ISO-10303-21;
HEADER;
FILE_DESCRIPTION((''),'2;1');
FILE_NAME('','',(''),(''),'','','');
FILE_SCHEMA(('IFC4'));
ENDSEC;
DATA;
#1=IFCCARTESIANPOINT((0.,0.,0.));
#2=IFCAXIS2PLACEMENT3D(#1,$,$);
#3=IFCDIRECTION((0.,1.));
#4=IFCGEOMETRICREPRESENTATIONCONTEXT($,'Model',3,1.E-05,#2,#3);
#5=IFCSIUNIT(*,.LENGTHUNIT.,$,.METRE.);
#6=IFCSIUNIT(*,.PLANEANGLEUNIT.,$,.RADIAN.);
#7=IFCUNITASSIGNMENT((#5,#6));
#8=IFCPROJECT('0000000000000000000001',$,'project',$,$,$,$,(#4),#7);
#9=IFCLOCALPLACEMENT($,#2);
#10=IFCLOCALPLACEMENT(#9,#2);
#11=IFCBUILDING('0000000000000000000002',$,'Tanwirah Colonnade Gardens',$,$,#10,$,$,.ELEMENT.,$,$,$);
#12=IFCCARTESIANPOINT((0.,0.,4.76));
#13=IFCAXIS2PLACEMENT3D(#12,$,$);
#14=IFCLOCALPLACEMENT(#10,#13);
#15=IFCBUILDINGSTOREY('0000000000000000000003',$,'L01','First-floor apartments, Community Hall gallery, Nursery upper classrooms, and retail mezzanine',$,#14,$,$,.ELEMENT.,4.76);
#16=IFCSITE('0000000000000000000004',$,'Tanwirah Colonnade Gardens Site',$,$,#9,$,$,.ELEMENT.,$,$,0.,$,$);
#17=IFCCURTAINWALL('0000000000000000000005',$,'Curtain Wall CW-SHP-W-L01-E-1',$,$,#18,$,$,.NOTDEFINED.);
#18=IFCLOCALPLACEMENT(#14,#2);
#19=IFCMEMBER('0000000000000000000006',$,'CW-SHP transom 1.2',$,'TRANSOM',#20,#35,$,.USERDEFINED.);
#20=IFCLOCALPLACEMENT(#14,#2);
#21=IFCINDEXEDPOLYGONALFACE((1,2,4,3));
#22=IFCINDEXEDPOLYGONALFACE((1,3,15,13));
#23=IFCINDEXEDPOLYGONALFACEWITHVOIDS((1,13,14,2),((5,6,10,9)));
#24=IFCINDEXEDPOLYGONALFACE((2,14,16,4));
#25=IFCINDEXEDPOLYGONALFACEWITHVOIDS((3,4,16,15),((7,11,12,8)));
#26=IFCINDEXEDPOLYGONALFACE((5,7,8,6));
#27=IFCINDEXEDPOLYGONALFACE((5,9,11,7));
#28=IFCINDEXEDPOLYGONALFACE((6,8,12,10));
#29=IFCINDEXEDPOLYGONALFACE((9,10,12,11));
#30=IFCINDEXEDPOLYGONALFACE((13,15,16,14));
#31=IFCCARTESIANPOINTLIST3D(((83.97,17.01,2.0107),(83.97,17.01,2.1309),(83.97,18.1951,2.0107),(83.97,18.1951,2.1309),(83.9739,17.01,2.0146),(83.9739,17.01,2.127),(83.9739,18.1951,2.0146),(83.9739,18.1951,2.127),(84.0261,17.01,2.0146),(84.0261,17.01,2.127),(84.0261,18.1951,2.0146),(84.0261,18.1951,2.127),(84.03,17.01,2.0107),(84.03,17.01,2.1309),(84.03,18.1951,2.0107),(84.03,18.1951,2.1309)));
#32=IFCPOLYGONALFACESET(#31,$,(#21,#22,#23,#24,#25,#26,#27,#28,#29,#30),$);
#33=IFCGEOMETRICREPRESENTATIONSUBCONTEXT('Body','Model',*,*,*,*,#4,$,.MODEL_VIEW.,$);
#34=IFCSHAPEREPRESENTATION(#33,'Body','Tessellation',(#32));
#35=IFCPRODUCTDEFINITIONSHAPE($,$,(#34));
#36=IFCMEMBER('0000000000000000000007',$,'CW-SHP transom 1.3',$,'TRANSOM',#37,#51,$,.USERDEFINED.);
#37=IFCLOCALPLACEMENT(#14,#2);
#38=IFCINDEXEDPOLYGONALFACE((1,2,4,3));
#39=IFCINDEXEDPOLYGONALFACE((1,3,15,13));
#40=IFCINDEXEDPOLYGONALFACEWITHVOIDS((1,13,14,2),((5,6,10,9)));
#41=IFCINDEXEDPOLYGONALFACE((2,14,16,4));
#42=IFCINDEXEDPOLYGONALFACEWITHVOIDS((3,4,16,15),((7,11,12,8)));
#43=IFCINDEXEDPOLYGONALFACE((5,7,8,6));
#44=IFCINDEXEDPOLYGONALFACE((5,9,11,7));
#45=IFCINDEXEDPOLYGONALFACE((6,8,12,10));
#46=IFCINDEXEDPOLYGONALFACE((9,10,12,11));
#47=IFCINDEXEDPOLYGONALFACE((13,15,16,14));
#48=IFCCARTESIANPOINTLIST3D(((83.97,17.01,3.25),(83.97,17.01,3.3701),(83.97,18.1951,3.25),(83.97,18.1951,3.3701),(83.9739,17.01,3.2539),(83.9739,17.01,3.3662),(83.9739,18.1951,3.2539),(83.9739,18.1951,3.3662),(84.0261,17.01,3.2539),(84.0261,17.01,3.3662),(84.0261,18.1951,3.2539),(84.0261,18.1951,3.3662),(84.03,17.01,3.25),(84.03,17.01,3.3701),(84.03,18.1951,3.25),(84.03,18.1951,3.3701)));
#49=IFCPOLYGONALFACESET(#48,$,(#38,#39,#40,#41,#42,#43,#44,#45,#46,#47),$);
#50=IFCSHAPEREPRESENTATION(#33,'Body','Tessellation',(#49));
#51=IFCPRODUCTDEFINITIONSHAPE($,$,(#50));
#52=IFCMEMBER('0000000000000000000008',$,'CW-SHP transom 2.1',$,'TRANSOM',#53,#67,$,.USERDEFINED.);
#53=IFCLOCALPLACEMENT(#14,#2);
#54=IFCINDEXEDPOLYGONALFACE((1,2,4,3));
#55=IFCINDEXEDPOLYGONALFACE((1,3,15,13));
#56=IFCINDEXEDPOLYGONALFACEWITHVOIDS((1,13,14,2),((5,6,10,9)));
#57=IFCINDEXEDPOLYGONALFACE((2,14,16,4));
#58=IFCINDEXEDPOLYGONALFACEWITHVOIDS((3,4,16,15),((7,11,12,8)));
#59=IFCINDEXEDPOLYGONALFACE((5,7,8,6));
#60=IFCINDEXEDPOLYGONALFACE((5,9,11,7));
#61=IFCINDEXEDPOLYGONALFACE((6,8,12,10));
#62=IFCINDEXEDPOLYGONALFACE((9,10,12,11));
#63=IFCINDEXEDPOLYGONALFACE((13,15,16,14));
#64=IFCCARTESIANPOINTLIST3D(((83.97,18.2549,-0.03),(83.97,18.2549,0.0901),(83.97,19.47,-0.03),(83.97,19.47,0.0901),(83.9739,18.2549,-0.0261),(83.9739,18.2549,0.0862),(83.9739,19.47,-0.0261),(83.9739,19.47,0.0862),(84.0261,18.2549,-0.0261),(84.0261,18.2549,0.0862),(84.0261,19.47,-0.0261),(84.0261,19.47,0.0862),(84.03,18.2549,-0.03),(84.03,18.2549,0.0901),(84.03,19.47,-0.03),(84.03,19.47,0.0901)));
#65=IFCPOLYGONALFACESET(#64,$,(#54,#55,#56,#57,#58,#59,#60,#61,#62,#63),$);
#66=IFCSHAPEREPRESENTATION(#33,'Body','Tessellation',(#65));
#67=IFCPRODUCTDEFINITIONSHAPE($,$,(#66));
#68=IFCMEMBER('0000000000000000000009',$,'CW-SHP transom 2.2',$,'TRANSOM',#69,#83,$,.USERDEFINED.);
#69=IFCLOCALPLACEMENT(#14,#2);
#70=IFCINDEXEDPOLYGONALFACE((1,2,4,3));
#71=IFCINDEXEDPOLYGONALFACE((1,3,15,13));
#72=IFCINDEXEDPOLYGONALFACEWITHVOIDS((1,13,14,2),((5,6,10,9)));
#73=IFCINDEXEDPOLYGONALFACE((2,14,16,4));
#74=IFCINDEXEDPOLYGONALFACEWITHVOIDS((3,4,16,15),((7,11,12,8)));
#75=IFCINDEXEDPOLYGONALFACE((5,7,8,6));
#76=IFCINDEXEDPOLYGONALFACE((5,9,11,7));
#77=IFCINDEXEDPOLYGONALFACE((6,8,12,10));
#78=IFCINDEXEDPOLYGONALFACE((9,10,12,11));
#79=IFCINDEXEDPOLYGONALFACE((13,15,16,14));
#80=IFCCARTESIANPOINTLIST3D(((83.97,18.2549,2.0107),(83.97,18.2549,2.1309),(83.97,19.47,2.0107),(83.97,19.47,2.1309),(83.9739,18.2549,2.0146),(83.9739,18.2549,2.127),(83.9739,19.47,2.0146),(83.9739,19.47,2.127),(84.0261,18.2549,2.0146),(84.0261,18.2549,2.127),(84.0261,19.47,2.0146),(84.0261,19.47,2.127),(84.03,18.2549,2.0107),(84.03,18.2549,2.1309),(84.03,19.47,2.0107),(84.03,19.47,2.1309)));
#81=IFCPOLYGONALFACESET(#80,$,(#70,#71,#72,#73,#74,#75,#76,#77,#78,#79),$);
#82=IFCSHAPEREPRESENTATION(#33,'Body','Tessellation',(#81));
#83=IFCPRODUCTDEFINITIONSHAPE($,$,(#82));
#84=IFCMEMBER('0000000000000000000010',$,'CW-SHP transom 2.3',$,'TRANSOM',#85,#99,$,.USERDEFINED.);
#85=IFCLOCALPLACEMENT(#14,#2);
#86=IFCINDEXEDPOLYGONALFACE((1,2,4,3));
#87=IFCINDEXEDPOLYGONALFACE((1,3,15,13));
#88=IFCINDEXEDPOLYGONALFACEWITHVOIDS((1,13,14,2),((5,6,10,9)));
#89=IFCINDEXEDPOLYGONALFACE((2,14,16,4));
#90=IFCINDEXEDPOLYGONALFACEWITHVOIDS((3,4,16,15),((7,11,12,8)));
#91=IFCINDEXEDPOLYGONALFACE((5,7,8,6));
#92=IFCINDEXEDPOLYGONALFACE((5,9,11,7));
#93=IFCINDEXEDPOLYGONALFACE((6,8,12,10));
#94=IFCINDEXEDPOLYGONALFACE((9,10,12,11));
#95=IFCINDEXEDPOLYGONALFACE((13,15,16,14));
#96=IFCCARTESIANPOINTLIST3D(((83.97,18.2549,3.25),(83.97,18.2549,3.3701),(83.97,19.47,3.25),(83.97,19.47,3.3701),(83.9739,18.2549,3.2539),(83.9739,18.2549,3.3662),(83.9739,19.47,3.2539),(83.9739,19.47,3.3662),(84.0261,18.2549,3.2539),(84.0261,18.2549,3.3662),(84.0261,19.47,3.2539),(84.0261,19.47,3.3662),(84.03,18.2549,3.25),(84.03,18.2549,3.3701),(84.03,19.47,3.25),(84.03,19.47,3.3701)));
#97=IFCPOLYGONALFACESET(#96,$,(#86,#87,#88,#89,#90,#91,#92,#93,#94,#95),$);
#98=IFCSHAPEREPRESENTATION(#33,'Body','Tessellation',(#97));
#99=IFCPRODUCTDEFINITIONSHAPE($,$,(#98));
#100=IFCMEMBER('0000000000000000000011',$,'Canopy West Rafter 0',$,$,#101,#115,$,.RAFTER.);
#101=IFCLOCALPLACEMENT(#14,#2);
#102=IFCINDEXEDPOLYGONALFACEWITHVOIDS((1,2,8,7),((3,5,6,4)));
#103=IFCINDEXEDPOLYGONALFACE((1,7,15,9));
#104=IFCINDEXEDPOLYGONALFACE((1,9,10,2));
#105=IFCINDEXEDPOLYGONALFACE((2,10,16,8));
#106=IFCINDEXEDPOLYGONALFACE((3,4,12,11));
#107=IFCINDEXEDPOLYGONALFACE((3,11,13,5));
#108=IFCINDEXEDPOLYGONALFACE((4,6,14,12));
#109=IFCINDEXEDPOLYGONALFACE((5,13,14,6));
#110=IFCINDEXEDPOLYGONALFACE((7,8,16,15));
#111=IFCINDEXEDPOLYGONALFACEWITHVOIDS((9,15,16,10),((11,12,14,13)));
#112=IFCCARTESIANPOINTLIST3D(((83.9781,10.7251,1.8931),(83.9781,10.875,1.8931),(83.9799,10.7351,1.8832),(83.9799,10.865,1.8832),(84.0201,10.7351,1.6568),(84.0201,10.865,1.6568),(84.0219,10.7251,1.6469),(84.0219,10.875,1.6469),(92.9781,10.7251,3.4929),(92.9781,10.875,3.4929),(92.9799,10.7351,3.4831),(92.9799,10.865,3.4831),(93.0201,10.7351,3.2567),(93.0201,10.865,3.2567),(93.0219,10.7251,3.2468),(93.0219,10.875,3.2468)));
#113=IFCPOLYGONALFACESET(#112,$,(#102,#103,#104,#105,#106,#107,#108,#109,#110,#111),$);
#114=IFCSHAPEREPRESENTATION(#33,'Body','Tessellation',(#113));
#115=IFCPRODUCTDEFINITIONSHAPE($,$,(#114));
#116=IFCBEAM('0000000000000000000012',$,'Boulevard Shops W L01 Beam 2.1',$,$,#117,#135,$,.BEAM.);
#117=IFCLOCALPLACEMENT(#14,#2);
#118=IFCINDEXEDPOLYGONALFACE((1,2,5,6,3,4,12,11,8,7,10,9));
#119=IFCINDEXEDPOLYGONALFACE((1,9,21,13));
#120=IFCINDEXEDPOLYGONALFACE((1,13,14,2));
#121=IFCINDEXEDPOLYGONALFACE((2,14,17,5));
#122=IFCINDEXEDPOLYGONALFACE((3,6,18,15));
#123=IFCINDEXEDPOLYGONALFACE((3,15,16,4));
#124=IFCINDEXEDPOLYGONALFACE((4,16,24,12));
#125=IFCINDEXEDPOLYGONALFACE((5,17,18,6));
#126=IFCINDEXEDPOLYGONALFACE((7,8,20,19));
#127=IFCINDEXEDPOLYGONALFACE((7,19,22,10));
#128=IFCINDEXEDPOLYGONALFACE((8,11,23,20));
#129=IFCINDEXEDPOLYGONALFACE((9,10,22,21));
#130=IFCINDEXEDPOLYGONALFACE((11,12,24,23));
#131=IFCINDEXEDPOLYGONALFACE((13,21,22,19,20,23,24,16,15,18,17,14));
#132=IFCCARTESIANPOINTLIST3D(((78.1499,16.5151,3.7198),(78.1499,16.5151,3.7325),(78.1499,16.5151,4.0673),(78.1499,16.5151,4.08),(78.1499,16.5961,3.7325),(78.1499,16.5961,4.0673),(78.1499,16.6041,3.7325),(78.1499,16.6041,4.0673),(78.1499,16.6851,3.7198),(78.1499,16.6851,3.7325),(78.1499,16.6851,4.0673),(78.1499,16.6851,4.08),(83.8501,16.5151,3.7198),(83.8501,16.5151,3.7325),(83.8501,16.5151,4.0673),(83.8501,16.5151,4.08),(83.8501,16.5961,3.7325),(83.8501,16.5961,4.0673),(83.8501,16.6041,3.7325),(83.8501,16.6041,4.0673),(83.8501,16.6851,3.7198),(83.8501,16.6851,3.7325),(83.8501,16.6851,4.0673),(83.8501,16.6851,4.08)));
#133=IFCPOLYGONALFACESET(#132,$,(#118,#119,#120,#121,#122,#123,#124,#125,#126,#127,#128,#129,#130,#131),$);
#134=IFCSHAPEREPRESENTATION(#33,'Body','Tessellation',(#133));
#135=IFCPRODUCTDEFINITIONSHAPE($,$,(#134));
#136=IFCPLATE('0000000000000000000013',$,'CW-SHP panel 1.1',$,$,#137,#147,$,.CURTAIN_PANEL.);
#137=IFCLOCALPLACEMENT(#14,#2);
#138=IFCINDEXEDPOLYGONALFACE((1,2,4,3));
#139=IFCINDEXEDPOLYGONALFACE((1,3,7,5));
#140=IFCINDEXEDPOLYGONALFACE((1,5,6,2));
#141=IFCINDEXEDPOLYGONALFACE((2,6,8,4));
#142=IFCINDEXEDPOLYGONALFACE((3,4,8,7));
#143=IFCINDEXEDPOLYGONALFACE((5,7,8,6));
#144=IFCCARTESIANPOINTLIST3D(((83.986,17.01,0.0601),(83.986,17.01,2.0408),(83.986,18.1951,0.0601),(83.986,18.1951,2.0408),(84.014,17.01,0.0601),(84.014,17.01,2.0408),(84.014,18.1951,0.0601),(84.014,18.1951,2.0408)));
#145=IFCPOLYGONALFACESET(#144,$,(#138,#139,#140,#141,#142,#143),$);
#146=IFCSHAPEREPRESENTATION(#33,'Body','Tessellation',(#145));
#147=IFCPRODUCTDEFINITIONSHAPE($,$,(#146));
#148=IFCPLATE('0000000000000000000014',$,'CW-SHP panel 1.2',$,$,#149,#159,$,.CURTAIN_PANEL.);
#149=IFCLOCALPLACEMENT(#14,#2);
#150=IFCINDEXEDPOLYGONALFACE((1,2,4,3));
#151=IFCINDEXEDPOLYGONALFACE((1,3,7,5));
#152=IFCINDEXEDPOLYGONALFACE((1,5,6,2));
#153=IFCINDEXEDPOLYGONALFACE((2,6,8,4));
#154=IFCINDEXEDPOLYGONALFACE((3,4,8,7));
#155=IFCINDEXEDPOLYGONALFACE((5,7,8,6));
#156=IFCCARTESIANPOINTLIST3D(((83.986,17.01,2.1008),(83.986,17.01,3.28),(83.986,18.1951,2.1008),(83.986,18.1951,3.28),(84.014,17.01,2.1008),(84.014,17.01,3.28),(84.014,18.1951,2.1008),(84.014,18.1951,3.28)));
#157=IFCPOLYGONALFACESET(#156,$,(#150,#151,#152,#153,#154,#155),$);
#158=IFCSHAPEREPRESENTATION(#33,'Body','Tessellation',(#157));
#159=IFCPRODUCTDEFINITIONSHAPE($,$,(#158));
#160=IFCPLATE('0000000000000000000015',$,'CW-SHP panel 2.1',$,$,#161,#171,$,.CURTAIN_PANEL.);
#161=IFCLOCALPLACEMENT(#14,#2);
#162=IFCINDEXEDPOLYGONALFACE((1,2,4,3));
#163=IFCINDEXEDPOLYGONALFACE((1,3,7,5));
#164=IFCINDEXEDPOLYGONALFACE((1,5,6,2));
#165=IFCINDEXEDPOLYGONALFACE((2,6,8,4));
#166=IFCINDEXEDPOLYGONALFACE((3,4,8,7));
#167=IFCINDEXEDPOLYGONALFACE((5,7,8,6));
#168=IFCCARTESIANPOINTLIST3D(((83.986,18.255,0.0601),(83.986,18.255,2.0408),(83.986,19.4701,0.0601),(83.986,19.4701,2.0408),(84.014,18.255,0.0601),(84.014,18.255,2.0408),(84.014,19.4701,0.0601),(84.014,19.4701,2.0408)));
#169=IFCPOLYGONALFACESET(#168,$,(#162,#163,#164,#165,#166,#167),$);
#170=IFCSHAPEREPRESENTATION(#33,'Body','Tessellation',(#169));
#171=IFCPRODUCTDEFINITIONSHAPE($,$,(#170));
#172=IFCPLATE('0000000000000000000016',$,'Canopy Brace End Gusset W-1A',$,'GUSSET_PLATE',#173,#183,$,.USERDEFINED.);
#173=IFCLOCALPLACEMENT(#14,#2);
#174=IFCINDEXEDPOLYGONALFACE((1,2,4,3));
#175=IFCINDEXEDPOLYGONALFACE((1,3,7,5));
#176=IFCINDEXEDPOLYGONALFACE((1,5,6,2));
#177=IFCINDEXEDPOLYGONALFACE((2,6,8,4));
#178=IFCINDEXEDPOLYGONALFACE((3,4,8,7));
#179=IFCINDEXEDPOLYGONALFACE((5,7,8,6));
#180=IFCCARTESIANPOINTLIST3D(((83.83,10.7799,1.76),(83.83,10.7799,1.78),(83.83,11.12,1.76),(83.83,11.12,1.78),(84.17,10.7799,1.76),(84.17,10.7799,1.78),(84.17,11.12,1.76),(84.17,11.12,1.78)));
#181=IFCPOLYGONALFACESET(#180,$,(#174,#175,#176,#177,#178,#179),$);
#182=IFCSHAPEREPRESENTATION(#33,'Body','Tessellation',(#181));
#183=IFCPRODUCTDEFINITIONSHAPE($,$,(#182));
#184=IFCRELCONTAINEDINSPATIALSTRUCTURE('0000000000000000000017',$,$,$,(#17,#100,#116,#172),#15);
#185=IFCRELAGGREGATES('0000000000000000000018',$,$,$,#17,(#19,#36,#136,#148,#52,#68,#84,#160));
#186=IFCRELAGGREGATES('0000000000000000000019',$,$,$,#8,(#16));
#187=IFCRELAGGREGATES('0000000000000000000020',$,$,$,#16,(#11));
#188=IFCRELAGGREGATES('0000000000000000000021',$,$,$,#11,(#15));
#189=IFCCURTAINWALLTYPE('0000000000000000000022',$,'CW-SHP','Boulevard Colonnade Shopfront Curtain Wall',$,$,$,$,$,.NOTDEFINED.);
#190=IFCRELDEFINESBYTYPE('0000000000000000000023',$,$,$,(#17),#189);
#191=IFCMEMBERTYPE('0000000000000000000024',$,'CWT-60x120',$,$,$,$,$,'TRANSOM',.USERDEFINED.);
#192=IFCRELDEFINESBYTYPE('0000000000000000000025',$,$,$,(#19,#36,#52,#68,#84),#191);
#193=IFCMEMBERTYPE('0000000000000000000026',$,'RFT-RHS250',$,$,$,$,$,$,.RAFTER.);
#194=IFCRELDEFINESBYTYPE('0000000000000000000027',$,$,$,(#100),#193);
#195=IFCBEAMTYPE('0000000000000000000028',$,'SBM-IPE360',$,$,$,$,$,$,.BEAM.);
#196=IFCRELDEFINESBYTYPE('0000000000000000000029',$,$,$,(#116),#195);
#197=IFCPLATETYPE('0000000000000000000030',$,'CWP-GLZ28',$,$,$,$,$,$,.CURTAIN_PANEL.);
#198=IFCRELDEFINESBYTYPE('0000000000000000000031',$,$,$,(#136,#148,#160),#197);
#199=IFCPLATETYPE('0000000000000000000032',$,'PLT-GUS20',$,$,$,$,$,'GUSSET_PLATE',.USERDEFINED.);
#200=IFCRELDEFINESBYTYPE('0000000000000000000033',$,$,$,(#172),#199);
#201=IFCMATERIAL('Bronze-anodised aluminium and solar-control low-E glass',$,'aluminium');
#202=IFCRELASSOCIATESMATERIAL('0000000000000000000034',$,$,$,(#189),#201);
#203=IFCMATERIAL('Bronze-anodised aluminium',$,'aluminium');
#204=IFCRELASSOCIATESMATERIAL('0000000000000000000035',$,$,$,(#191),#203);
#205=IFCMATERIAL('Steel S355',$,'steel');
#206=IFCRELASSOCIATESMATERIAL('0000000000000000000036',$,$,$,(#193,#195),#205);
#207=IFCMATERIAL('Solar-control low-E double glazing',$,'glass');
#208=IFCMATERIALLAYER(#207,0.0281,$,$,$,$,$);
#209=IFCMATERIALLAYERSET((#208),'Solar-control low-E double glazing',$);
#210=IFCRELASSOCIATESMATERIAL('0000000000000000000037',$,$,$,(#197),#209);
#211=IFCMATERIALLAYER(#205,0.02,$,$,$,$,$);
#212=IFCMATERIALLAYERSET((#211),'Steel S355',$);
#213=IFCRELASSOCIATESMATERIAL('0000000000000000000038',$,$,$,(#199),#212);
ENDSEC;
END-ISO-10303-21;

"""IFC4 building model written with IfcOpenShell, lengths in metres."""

from ifc_helpers import new_model, si_unit, direction, frame, origin, origin_2d, place, context, subcontext, project, spatial, rectangle, hollow_rectangle, i_section, extrude, material, layer, layer_set, material_profile, profile_set, type_object, element, aggregate, save


model = new_model("IFC4")

# Units and contexts
model_context = context("Model", 3, precision=1e-05, world=origin(), true_north=direction((0.0, 1.0)))
body_context = subcontext(model_context, "Body", "Model", "MODEL_VIEW")
ifc_project = project(units=[si_unit("LENGTHUNIT", "METRE"), si_unit("PLANEANGLEUNIT", "RADIAN")], contexts=[model_context])

# Site, building, storey
site_placement = place(None, origin())
site = spatial("IfcSite", under=ifc_project, at=site_placement, Name="Tanwirah Colonnade Gardens Site", CompositionType="ELEMENT", RefElevation=0.0)
building_placement = place(site_placement, origin())
building = spatial("IfcBuilding", under=site, at=building_placement, Name="Tanwirah Colonnade Gardens", CompositionType="ELEMENT")
storey_placement = place(building_placement, frame((0.0, 0.0, 4.76)))
storey = spatial("IfcBuildingStorey", under=building, at=storey_placement, Name="L01", Description="First-floor apartments, Community Hall gallery, Nursery upper classrooms, and retail mezzanine", CompositionType="ELEMENT", Elevation=4.76)

# Shared definitions
ifc_material_1 = material(Name="Steel S355", Category="steel")

# Curtain wall, members
ifc_material_2 = material(Name="Bronze-anodised aluminium and solar-control low-E glass", Category="aluminium")
curtain_wall_type = type_object("IfcCurtainWallType", Name="CW-SHP", Description="Boulevard Colonnade Shopfront Curtain Wall", PredefinedType="NOTDEFINED", material=ifc_material_2)
curtain_wall_placement = place(storey_placement, origin())
curtain_wall = element("IfcCurtainWall", 1, at=curtain_wall_placement, inside=storey, type_object=curtain_wall_type, Name="Curtain Wall CW-SHP-W-L01-E-1", PredefinedType="NOTDEFINED")
ifc_material_3 = material(Name="Bronze-anodised aluminium", Category="aluminium")
ifc_material_profile_1 = material_profile(ifc_material_3, hollow_rectangle(XDim=0.0601, YDim=0.1201, WallThickness=0.0039, at=origin_2d()), Name="CW-TRN 60x120x4")
ifc_profile_set_1 = profile_set([ifc_material_profile_1], Name="Bronze-anodised aluminium")
member_type_1 = type_object("IfcMemberType", Name="CWT-60x120", ElementType="TRANSOM", PredefinedType="USERDEFINED", material=ifc_profile_set_1)
member_1_placement = place(storey_placement, frame((84.0, 17.01, 2.0708), z_axis=(0.0, 1.0, 0.0), x_axis=(-1.0, 0.0, 0.0)))
member_1 = element("IfcMember", 2, at=member_1_placement, type_object=member_type_1, Name="CW-SHP transom 1.2", ObjectType="TRANSOM", PredefinedType="USERDEFINED", context=body_context, shape_type="SweptSolid", body=[
    extrude(hollow_rectangle(XDim=0.0601, YDim=0.1201, WallThickness=0.0039, at=origin_2d()), origin(), (0.0, 0.0, 1.0), 1.1851),
])
member_2_placement = place(storey_placement, frame((84.0, 17.01, 3.3101), z_axis=(0.0, 1.0, 0.0), x_axis=(-1.0, 0.0, 0.0)))
member_2 = element("IfcMember", 3, at=member_2_placement, type_object=member_type_1, Name="CW-SHP transom 1.3", ObjectType="TRANSOM", PredefinedType="USERDEFINED", context=body_context, shape_type="SweptSolid", body=[
    extrude(hollow_rectangle(XDim=0.0601, YDim=0.1201, WallThickness=0.0039, at=origin_2d()), origin(), (0.0, 0.0, 1.0), 1.1851),
])
member_3_placement = place(storey_placement, frame((84.0, 18.2549, 0.03), z_axis=(0.0, 1.0, 0.0), x_axis=(-1.0, 0.0, 0.0)))
member_3 = element("IfcMember", 4, at=member_3_placement, type_object=member_type_1, Name="CW-SHP transom 2.1", ObjectType="TRANSOM", PredefinedType="USERDEFINED", context=body_context, shape_type="SweptSolid", body=[
    extrude(hollow_rectangle(XDim=0.0601, YDim=0.1201, WallThickness=0.0039, at=origin_2d()), origin(), (0.0, 0.0, 1.0), 1.2151),
])
member_4_placement = place(storey_placement, frame((84.0, 18.2549, 2.0708), z_axis=(0.0, 1.0, 0.0), x_axis=(-1.0, 0.0, 0.0)))
member_4 = element("IfcMember", 5, at=member_4_placement, type_object=member_type_1, Name="CW-SHP transom 2.2", ObjectType="TRANSOM", PredefinedType="USERDEFINED", context=body_context, shape_type="SweptSolid", body=[
    extrude(hollow_rectangle(XDim=0.0601, YDim=0.1201, WallThickness=0.0039, at=origin_2d()), origin(), (0.0, 0.0, 1.0), 1.2151),
])
member_5_placement = place(storey_placement, frame((84.0, 18.2549, 3.3101), z_axis=(0.0, 1.0, 0.0), x_axis=(-1.0, 0.0, 0.0)))
member_5 = element("IfcMember", 6, at=member_5_placement, type_object=member_type_1, Name="CW-SHP transom 2.3", ObjectType="TRANSOM", PredefinedType="USERDEFINED", context=body_context, shape_type="SweptSolid", body=[
    extrude(hollow_rectangle(XDim=0.0601, YDim=0.1201, WallThickness=0.0039, at=origin_2d()), origin(), (0.0, 0.0, 1.0), 1.2151),
])

# Member
ifc_material_profile_2 = material_profile(ifc_material_1, hollow_rectangle(XDim=0.1499, YDim=0.25, WallThickness=0.01, at=origin_2d()), Name="RHS 250x150x10")
ifc_profile_set_2 = profile_set([ifc_material_profile_2], Name="Steel S355")
member_type_2 = type_object("IfcMemberType", Name="RFT-RHS250", PredefinedType="RAFTER", material=ifc_profile_set_2)
member_6_placement = place(storey_placement, frame((84.0, 10.8, 1.77), z_axis=(0.984565, 0.0, 0.175018), x_axis=(0.0, 1.0, 0.0)))
element("IfcMember", 7, at=member_6_placement, inside=storey, type_object=member_type_2, Name="Canopy West Rafter 0", PredefinedType="RAFTER", context=body_context, shape_type="SweptSolid", body=[
    extrude(hollow_rectangle(XDim=0.1499, YDim=0.25, WallThickness=0.01, at=origin_2d()), origin(), (0.0, 0.0, 1.0), 9.1411),
])

# Beam
ifc_material_profile_3 = material_profile(ifc_material_1, i_section(OverallWidth=0.1699, OverallDepth=0.3601, WebThickness=0.0081, FlangeThickness=0.0127, at=origin_2d()), Name="IPE 360")
ifc_profile_set_3 = profile_set([ifc_material_profile_3], Name="Steel S355")
beam_type = type_object("IfcBeamType", Name="SBM-IPE360", PredefinedType="BEAM", material=ifc_profile_set_3)
beam_placement = place(storey_placement, frame((78.1499, 16.6001, 3.8999), z_axis=(1.0, 0.0, 0.0), x_axis=(0.0, 1.0, 0.0)))
element("IfcBeam", 8, at=beam_placement, inside=storey, type_object=beam_type, Name="Boulevard Shops W L01 Beam 2.1", PredefinedType="BEAM", context=body_context, shape_type="SweptSolid", body=[
    extrude(i_section(OverallWidth=0.1699, OverallDepth=0.3601, WebThickness=0.0081, FlangeThickness=0.0127, at=origin_2d()), origin(), (0.0, 0.0, 1.0), 5.7002),
])

# Plates
ifc_material_4 = material(Name="Solar-control low-E double glazing", Category="glass")
ifc_layer_1 = layer(ifc_material_4, 0.0281)
ifc_layer_set_1 = layer_set([ifc_layer_1], Name="Solar-control low-E double glazing")
plate_type_1 = type_object("IfcPlateType", Name="CWP-GLZ28", PredefinedType="CURTAIN_PANEL", material=ifc_layer_set_1)
plate_1_placement = place(storey_placement, frame((84.0, 17.6025, 0.0601), z_axis=(0.0, 0.0, 1.0), x_axis=(0.0, 1.0, 0.0)))
plate_1 = element("IfcPlate", 9, at=plate_1_placement, type_object=plate_type_1, Name="CW-SHP panel 1.1", PredefinedType="CURTAIN_PANEL", context=body_context, shape_type="SweptSolid", body=[
    extrude(rectangle(XDim=1.1851, YDim=0.0281, at=origin_2d()), origin(), (0.0, 0.0, 1.0), 1.9807),
])
plate_2_placement = place(storey_placement, frame((84.0, 17.6025, 2.1008), z_axis=(0.0, 0.0, 1.0), x_axis=(0.0, 1.0, 0.0)))
plate_2 = element("IfcPlate", 10, at=plate_2_placement, type_object=plate_type_1, Name="CW-SHP panel 1.2", PredefinedType="CURTAIN_PANEL", context=body_context, shape_type="SweptSolid", body=[
    extrude(rectangle(XDim=1.1851, YDim=0.0281, at=origin_2d()), origin(), (0.0, 0.0, 1.0), 1.1792),
])
plate_3_placement = place(storey_placement, frame((84.0, 18.8625, 0.0601), z_axis=(0.0, 0.0, 1.0), x_axis=(0.0, 1.0, 0.0)))
plate_3 = element("IfcPlate", 11, at=plate_3_placement, type_object=plate_type_1, Name="CW-SHP panel 2.1", PredefinedType="CURTAIN_PANEL", context=body_context, shape_type="SweptSolid", body=[
    extrude(rectangle(XDim=1.2151, YDim=0.0281, at=origin_2d()), origin(), (0.0, 0.0, 1.0), 1.9807),
])
aggregate(curtain_wall, [member_1, member_2, plate_1, plate_2, member_3, member_4, member_5, plate_3])
ifc_layer_2 = layer(ifc_material_1, 0.02)
ifc_layer_set_2 = layer_set([ifc_layer_2], Name="Steel S355")
plate_type_2 = type_object("IfcPlateType", Name="PLT-GUS20", ElementType="GUSSET_PLATE", PredefinedType="USERDEFINED", material=ifc_layer_set_2)
plate_4_placement = place(storey_placement, frame((84.0, 10.95, 1.76), z_axis=(0.0, 0.0, 1.0), x_axis=(1.0, 0.0, 0.0)))
element("IfcPlate", 12, at=plate_4_placement, inside=storey, type_object=plate_type_2, Name="Canopy Brace End Gusset W-1A", ObjectType="GUSSET_PLATE", PredefinedType="USERDEFINED", context=body_context, shape_type="SweptSolid", body=[
    extrude(rectangle(XDim=0.3401, YDim=0.3401, at=origin_2d()), origin(), (0.0, 0.0, 1.0), 0.02),
])

save(model, "model.ifc")
